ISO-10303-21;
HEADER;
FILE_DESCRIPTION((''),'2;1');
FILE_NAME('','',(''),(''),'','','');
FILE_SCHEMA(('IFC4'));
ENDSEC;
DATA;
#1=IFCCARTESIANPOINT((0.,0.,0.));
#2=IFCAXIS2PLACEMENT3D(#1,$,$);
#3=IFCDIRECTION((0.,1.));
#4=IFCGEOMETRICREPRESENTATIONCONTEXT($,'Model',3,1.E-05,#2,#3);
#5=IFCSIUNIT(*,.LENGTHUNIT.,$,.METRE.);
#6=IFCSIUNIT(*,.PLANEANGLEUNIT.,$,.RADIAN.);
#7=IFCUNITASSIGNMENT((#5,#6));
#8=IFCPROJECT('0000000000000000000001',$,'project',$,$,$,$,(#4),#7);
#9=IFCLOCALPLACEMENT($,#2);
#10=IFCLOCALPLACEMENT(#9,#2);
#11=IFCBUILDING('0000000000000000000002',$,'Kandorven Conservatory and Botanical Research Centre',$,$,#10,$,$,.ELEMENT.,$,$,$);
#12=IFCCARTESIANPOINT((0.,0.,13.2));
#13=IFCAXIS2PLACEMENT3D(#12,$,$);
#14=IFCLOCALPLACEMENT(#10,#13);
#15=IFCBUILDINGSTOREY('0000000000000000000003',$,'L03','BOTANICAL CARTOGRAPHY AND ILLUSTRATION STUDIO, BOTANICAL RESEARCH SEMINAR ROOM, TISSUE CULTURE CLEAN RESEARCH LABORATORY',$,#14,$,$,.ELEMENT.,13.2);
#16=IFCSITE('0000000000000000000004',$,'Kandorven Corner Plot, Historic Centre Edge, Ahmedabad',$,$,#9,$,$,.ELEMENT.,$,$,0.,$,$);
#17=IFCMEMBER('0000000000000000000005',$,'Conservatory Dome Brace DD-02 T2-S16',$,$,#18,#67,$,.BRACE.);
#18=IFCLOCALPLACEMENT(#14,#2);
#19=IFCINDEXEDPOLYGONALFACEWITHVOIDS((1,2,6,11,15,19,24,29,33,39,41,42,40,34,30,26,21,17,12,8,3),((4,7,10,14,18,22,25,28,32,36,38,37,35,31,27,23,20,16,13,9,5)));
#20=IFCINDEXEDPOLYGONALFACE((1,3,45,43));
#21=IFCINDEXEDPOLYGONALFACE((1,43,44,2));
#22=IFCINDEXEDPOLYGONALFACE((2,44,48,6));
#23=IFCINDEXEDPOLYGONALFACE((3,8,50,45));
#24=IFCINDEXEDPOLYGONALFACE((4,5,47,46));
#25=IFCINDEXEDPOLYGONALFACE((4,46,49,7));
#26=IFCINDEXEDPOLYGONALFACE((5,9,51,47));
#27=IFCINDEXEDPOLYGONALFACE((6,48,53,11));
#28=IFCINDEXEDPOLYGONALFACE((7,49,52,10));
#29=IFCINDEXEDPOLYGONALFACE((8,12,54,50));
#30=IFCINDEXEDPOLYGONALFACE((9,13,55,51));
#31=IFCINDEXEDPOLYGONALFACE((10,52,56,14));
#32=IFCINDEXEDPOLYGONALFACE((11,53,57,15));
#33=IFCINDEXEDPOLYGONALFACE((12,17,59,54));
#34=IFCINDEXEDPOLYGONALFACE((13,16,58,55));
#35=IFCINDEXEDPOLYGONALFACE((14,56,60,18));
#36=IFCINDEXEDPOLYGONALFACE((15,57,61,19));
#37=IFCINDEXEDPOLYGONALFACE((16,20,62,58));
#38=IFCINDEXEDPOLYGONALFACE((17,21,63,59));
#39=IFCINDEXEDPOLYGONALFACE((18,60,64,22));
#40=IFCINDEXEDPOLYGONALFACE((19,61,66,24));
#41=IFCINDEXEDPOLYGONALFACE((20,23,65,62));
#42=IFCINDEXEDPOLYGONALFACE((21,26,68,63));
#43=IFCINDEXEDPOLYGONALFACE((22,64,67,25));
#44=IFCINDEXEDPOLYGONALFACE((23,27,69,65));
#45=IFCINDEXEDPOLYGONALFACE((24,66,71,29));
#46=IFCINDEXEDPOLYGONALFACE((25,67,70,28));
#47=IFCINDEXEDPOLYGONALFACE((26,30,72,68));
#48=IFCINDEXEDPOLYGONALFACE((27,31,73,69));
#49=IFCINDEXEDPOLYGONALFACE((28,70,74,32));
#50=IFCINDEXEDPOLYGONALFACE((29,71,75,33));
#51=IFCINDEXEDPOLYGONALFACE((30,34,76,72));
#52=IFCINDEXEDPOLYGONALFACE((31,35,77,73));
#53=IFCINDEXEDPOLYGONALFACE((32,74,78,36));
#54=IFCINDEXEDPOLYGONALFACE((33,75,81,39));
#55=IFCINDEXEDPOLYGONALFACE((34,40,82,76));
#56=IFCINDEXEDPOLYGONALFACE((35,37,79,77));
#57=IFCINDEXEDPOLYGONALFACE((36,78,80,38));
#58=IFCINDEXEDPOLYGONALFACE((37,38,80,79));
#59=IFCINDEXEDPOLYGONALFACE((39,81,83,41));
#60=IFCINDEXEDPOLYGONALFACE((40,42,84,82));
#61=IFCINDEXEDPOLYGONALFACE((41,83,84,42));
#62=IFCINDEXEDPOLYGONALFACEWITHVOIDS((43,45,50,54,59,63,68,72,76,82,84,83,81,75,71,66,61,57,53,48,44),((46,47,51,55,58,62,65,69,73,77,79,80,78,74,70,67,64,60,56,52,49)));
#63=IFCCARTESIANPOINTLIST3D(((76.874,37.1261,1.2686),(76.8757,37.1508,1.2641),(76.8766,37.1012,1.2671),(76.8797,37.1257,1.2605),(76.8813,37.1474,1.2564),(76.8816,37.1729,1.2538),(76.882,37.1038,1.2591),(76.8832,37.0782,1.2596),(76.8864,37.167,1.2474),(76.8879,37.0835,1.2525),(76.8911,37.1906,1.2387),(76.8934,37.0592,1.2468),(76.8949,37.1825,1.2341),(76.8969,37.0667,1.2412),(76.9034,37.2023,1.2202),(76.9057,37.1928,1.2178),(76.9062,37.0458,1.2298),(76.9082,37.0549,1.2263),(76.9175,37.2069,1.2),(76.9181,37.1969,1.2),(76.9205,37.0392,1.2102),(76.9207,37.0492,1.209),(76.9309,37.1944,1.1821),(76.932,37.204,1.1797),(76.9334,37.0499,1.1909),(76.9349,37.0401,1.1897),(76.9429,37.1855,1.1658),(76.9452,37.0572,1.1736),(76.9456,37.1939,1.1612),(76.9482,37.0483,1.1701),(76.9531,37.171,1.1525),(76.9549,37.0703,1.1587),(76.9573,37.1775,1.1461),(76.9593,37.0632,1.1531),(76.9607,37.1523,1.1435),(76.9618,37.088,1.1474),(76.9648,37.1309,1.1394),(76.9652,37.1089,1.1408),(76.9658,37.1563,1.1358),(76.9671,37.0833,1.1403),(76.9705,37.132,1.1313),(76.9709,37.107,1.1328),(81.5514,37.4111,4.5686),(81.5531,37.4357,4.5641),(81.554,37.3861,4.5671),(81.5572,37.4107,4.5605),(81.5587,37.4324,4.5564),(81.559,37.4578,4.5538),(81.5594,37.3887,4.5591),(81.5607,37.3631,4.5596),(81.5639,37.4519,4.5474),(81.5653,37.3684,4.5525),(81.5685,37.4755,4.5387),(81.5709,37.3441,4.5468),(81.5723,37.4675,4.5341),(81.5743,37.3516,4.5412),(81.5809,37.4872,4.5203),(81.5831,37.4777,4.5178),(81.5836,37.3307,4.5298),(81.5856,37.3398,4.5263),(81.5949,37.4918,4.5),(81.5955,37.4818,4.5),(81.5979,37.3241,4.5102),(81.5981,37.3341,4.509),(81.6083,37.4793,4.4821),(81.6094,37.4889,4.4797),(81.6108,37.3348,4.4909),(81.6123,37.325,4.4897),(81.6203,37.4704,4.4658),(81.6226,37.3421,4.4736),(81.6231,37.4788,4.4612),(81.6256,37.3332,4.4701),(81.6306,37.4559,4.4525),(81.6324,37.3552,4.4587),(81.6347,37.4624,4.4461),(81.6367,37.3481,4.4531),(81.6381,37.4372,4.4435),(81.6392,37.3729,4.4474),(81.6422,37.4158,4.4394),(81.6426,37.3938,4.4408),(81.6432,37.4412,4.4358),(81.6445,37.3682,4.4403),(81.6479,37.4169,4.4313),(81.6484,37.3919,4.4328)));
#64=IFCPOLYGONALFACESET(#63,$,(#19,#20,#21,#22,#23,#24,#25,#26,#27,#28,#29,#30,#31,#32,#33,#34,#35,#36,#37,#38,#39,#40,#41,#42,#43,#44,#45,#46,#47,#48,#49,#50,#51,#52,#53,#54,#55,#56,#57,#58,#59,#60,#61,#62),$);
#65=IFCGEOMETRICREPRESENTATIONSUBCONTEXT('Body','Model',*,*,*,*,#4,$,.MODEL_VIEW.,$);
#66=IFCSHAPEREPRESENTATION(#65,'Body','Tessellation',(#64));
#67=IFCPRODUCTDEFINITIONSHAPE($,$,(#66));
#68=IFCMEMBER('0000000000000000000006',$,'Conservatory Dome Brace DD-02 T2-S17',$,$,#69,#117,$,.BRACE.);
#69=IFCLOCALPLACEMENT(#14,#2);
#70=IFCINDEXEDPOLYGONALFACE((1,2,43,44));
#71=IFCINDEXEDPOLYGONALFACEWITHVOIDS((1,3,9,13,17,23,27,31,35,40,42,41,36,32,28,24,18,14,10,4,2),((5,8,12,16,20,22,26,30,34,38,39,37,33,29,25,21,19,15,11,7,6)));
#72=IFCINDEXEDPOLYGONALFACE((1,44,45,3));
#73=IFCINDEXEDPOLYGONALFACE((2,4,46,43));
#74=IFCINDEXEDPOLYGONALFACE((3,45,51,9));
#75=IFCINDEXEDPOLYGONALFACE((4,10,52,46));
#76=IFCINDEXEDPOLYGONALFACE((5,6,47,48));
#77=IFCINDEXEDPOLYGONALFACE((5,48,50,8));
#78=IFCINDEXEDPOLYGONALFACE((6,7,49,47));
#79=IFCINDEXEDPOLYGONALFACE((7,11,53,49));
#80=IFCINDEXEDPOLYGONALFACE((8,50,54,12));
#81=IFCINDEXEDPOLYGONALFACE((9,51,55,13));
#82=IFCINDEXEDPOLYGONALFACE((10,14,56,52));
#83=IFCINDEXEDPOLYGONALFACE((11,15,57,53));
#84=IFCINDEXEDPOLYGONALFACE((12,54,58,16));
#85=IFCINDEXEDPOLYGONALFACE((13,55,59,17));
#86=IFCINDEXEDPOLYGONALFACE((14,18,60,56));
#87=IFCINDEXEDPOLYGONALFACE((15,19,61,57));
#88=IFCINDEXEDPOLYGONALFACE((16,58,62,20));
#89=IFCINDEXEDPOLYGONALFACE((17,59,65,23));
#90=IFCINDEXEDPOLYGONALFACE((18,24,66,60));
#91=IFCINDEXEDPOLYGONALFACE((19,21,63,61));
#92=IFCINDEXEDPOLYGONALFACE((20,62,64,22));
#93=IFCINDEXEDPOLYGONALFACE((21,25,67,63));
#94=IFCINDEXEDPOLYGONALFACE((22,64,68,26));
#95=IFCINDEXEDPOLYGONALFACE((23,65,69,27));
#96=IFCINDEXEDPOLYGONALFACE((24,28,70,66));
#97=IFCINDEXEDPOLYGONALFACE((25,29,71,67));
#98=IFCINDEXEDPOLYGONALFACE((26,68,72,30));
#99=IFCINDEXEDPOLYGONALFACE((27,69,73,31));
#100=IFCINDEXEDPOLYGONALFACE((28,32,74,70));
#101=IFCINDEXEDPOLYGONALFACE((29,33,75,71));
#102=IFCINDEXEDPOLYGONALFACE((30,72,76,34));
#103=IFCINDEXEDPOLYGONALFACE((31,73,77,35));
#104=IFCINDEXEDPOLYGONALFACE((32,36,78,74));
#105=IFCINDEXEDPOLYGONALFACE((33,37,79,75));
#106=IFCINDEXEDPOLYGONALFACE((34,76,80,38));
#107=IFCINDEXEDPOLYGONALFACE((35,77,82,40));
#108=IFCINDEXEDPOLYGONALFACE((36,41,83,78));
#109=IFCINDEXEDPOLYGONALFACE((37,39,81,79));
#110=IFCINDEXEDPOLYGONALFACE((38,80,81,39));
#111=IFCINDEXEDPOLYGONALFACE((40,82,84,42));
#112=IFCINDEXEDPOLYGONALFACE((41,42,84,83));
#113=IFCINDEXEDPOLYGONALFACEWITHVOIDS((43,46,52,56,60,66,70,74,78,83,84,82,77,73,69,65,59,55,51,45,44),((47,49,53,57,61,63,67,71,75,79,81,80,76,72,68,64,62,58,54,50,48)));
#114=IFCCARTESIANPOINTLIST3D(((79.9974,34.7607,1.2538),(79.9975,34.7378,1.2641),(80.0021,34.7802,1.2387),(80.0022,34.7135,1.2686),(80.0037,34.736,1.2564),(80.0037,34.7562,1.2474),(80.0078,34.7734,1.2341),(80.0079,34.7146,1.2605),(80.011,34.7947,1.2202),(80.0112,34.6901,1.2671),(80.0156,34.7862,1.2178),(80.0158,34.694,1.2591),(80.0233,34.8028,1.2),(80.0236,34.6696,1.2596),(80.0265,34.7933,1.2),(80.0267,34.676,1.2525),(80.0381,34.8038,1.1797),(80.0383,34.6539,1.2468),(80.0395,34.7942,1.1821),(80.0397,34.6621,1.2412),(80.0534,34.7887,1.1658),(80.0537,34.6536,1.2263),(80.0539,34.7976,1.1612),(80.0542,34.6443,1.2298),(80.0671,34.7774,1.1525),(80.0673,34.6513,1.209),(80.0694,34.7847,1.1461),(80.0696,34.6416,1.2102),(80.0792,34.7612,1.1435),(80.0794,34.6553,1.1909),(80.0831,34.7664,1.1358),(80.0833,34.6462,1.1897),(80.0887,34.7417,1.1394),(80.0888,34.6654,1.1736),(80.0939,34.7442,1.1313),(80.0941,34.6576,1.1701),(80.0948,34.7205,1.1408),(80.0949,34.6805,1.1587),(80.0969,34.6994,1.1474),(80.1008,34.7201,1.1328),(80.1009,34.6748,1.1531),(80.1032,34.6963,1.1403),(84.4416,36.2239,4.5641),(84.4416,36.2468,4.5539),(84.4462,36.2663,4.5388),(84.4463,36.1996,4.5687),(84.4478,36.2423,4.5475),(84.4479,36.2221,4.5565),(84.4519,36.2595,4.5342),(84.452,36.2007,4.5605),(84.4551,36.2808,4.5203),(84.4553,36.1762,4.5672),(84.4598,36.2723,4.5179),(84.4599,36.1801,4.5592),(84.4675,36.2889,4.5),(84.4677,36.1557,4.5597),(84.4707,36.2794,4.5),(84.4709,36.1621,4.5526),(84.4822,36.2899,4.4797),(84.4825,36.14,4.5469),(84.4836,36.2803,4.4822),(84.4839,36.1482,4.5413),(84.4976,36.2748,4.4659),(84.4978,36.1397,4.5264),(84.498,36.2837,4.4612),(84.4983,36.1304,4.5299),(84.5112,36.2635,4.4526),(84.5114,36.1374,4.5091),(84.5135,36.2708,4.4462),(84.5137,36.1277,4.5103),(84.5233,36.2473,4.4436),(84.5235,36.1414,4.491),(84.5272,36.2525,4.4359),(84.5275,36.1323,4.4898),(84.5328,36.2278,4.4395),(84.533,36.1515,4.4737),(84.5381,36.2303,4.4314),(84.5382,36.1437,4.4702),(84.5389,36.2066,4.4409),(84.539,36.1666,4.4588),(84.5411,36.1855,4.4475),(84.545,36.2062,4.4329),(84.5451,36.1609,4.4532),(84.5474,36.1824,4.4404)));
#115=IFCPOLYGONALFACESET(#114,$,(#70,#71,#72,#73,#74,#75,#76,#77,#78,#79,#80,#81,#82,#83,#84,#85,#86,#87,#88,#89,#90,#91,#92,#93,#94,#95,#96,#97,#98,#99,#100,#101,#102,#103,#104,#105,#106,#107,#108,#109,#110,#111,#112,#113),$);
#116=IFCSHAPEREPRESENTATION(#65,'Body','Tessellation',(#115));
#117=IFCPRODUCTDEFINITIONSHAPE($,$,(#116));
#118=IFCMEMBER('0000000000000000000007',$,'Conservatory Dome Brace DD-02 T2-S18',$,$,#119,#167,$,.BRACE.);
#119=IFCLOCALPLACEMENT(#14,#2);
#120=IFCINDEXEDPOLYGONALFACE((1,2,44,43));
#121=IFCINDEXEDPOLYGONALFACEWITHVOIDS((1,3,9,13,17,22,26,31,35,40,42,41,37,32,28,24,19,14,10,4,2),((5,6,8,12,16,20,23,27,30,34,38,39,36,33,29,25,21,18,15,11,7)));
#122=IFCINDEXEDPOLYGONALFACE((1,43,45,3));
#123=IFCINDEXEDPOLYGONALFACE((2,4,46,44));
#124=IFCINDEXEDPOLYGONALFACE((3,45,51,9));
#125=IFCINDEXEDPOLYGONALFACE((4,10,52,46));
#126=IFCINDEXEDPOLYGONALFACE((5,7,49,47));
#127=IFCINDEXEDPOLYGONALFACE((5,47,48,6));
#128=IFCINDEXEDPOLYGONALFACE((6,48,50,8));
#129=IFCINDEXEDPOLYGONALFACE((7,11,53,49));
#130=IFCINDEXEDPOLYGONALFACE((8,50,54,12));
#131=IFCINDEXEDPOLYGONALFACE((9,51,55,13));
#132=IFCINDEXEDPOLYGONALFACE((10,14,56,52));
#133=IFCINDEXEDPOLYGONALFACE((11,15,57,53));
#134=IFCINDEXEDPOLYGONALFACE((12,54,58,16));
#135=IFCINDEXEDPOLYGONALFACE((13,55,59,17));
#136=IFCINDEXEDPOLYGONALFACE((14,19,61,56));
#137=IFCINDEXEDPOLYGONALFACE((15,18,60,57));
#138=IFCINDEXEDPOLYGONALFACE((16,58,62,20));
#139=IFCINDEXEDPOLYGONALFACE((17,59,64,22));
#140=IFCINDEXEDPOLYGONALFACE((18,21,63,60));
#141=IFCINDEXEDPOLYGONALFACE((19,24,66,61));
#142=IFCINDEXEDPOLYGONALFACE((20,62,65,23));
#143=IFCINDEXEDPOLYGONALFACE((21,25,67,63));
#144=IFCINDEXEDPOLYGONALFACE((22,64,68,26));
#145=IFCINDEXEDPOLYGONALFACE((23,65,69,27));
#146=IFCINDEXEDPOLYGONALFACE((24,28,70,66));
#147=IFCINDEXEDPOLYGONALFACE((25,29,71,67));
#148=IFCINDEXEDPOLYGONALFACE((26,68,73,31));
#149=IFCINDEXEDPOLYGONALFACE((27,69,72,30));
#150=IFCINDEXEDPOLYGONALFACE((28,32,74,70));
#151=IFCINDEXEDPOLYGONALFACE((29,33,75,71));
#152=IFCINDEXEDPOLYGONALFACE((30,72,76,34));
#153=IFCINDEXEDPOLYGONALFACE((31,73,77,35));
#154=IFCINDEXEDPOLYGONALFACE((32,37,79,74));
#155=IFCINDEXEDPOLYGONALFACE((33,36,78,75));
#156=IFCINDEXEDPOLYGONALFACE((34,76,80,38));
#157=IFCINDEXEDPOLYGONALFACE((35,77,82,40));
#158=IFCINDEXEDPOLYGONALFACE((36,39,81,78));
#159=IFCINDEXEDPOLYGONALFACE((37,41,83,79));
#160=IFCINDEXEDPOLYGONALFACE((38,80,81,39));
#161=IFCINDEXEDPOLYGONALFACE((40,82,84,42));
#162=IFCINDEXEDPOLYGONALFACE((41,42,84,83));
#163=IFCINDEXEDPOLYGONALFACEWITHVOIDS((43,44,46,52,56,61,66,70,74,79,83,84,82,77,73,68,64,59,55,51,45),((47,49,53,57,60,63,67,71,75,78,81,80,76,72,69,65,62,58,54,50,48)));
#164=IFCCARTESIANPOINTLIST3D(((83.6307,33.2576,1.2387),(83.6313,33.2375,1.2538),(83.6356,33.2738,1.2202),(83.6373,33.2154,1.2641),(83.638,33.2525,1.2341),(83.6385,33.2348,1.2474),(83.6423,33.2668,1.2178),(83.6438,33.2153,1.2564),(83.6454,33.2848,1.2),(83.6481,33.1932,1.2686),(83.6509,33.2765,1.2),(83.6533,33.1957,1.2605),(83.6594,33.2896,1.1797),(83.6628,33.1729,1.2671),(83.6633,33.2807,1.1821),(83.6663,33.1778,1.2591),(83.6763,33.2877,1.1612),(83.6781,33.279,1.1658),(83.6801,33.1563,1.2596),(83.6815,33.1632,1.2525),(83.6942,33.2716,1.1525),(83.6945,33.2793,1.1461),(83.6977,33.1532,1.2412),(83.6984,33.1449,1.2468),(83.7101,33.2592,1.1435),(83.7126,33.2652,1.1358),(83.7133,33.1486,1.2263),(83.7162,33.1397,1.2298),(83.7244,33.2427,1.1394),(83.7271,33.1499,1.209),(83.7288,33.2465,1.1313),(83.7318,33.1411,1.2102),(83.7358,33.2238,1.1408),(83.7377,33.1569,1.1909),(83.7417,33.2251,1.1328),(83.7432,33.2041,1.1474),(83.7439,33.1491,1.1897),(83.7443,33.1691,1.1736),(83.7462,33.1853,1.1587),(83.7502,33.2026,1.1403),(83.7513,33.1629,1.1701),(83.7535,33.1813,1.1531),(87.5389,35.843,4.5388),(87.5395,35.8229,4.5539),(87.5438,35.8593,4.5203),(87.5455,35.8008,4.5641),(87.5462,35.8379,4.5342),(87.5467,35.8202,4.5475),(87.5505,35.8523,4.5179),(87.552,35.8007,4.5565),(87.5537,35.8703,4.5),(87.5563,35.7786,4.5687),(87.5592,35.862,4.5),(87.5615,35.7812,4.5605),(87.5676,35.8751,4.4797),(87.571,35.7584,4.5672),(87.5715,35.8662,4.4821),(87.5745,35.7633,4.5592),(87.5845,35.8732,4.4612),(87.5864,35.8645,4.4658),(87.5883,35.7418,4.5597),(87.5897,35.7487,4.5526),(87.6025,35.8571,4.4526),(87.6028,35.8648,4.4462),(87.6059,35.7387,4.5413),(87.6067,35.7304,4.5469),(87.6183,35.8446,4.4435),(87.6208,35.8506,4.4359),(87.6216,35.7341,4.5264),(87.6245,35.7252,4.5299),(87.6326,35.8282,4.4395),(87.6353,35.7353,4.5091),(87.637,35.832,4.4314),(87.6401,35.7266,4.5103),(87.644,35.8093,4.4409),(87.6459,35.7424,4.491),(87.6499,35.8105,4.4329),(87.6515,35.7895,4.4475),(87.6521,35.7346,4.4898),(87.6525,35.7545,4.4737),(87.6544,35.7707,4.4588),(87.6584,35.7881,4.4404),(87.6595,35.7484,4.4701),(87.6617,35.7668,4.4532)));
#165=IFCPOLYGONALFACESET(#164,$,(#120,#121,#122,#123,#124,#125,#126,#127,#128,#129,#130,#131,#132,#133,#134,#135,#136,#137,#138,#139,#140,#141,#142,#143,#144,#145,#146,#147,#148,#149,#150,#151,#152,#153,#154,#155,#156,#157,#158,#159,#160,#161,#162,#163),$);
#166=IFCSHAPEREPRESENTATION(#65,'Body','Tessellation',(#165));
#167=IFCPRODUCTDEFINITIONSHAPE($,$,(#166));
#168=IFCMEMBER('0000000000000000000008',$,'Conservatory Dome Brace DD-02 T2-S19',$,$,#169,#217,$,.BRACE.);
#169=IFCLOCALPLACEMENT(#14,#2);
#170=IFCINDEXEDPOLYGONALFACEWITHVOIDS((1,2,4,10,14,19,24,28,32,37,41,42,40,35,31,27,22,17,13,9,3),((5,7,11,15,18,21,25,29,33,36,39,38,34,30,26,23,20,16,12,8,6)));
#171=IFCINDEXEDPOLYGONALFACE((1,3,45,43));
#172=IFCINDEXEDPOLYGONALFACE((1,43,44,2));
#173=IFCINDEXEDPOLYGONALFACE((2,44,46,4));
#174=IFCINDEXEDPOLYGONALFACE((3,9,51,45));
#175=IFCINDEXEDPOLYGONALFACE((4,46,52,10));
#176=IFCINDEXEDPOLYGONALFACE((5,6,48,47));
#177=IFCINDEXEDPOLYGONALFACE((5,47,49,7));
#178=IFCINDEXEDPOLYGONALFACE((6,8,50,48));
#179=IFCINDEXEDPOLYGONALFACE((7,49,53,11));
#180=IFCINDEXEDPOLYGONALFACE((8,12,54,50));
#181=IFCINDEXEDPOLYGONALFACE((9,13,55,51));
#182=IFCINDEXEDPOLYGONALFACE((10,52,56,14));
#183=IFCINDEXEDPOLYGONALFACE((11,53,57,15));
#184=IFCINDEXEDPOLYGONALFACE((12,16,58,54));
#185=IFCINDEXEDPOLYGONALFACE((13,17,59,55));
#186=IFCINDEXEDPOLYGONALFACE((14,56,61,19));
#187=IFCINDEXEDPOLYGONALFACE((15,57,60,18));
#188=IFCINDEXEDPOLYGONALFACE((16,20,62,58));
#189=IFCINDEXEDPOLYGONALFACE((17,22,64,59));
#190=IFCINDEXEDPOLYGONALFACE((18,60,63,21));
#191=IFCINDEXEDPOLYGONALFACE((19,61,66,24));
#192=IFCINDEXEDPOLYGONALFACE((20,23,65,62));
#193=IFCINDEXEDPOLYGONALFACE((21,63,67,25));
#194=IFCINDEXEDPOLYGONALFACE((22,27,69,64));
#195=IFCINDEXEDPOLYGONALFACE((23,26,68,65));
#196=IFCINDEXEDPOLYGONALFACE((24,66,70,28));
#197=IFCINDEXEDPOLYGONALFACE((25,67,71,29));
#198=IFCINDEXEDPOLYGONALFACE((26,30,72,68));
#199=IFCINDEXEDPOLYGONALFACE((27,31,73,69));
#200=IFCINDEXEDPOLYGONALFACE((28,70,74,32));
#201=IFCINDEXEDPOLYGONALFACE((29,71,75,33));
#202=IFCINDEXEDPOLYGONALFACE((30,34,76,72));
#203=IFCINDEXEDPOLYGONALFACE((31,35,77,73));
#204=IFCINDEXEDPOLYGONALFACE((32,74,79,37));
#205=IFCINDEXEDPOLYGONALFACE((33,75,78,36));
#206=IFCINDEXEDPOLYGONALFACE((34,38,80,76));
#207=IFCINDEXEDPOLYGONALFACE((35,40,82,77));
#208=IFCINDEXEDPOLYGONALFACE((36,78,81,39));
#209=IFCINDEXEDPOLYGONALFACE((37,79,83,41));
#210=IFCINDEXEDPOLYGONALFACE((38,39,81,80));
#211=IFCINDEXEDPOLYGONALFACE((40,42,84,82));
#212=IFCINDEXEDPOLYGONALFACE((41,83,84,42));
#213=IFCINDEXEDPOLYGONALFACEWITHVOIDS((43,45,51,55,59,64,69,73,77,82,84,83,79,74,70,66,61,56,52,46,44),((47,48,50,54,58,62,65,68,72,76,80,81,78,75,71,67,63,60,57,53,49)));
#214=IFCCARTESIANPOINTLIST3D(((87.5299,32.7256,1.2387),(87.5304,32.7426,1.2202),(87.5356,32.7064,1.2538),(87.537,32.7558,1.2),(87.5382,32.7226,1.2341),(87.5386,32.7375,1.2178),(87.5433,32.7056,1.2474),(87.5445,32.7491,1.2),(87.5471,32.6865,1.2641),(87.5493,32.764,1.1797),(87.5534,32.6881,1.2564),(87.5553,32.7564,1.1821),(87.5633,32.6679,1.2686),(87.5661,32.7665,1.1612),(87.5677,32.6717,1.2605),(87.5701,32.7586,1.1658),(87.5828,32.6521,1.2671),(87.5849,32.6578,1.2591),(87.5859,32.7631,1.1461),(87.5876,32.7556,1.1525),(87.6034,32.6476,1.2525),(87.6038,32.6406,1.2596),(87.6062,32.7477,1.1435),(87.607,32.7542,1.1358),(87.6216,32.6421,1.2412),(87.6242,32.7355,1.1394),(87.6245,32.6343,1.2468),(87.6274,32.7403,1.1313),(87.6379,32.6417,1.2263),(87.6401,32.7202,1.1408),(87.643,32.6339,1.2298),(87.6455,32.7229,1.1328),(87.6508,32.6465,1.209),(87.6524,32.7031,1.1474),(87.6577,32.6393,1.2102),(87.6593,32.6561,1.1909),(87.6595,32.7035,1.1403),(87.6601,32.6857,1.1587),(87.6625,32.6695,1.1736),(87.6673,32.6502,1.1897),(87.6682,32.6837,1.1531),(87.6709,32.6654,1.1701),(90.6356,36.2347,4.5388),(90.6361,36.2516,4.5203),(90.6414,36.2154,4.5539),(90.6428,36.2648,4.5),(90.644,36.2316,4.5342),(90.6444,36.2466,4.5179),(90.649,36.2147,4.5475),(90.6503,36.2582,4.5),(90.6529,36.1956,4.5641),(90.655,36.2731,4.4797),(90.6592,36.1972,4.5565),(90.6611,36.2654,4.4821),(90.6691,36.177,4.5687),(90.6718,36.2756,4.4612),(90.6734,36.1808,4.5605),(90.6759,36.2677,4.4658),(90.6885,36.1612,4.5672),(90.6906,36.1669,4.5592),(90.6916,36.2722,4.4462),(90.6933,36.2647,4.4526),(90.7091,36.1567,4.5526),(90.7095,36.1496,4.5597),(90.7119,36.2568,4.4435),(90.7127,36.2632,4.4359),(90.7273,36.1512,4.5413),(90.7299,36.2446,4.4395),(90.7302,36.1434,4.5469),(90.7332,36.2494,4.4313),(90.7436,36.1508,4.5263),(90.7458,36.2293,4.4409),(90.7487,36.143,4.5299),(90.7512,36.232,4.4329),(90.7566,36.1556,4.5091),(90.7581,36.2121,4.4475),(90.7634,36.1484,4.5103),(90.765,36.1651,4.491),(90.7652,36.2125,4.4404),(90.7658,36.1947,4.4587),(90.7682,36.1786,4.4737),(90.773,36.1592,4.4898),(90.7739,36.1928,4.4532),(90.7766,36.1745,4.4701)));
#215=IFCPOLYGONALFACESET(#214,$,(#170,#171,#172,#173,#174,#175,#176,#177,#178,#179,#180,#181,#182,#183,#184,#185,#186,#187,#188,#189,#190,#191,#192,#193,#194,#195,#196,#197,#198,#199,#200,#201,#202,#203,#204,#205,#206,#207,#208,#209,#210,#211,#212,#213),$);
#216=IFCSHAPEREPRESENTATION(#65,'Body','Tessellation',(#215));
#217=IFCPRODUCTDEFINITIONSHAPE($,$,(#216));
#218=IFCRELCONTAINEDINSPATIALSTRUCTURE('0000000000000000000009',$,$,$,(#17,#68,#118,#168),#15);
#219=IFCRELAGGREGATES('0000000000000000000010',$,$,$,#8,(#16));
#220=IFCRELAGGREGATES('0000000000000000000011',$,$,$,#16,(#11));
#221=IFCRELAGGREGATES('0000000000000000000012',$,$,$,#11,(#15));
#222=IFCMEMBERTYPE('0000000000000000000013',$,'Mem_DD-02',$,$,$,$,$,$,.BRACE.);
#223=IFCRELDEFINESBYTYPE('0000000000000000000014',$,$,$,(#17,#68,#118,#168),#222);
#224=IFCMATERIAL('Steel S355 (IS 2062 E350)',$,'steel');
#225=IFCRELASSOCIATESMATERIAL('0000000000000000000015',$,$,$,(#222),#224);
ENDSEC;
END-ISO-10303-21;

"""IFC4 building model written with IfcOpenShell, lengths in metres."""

from ifc_helpers import new_model, si_unit, direction, frame, origin, origin_2d, place, context, subcontext, project, spatial, hollow_circle, extrude, material, material_profile, profile_set, type_object, element, save


model = new_model("IFC4")

# Units and contexts
model_context = context("Model", 3, precision=1e-05, world=origin(), true_north=direction((0.0, 1.0)))
body_context = subcontext(model_context, "Body", "Model", "MODEL_VIEW")
ifc_project = project(units=[si_unit("LENGTHUNIT", "METRE"), si_unit("PLANEANGLEUNIT", "RADIAN")], contexts=[model_context])

# Site, building, storey
site_placement = place(None, origin())
site = spatial("IfcSite", under=ifc_project, at=site_placement, Name="Kandorven Corner Plot, Historic Centre Edge, Ahmedabad", CompositionType="ELEMENT", RefElevation=0.0)
building_placement = place(site_placement, origin())
building = spatial("IfcBuilding", under=site, at=building_placement, Name="Kandorven Conservatory and Botanical Research Centre", CompositionType="ELEMENT")
storey_placement = place(building_placement, frame((0.0, 0.0, 13.2)))
storey = spatial("IfcBuildingStorey", under=building, at=storey_placement, Name="L03", Description="BOTANICAL CARTOGRAPHY AND ILLUSTRATION STUDIO, BOTANICAL RESEARCH SEMINAR ROOM, TISSUE CULTURE CLEAN RESEARCH LABORATORY", CompositionType="ELEMENT", Elevation=13.2)

# Members
ifc_material_1 = material(Name="Steel S355 (IS 2062 E350)", Category="steel")
ifc_material_profile_1 = material_profile(ifc_material_1, hollow_circle(Radius=0.0842, WallThickness=0.01, at=origin_2d()))
ifc_profile_set_1 = profile_set([ifc_material_profile_1], Name="Steel S355 (IS 2062 E350)")
member_type_1 = type_object("IfcMemberType", Name="Mem_DD-02", PredefinedType="BRACE", material=ifc_profile_set_1)
for number, where, z_axis, x_axis, name in (
    (1, (76.9226, 37.1228, 1.2), (0.816098, 0.04971, 0.575771), (-0.060799, 0.99815, 0.0), "Conservatory Dome Brace DD-02 T2-S16"),
    (2, (80.05, 34.7229, 1.2), (0.775396, 0.259289, 0.575786), (-0.317134, 0.948381, 0.0), "Conservatory Dome Brace DD-02 T2-S17"),
    (3, (83.6919, 33.2146, 1.2), (0.681894, 0.451103, 0.575784), (-0.551739, 0.834017, 0.0), "Conservatory Dome Brace DD-02 T2-S18"),
    (4, (87.6001, 32.7, 1.2), (0.541876, 0.612246, 0.575783), (-0.74883, 0.662762, 0.0), "Conservatory Dome Brace DD-02 T2-S19"),
):
    element("IfcMember", number, at=place(storey_placement, frame(where, z_axis=z_axis, x_axis=x_axis)), inside=storey, type_object=member_type_1, Name=name, PredefinedType="BRACE", context=body_context, shape_type="SweptSolid", body=[
        extrude(hollow_circle(Radius=0.0842, WallThickness=0.01, at=origin_2d()), origin(), (0.0, 0.0, 1.0), 5.7314),
    ])

save(model, "model.ifc")
